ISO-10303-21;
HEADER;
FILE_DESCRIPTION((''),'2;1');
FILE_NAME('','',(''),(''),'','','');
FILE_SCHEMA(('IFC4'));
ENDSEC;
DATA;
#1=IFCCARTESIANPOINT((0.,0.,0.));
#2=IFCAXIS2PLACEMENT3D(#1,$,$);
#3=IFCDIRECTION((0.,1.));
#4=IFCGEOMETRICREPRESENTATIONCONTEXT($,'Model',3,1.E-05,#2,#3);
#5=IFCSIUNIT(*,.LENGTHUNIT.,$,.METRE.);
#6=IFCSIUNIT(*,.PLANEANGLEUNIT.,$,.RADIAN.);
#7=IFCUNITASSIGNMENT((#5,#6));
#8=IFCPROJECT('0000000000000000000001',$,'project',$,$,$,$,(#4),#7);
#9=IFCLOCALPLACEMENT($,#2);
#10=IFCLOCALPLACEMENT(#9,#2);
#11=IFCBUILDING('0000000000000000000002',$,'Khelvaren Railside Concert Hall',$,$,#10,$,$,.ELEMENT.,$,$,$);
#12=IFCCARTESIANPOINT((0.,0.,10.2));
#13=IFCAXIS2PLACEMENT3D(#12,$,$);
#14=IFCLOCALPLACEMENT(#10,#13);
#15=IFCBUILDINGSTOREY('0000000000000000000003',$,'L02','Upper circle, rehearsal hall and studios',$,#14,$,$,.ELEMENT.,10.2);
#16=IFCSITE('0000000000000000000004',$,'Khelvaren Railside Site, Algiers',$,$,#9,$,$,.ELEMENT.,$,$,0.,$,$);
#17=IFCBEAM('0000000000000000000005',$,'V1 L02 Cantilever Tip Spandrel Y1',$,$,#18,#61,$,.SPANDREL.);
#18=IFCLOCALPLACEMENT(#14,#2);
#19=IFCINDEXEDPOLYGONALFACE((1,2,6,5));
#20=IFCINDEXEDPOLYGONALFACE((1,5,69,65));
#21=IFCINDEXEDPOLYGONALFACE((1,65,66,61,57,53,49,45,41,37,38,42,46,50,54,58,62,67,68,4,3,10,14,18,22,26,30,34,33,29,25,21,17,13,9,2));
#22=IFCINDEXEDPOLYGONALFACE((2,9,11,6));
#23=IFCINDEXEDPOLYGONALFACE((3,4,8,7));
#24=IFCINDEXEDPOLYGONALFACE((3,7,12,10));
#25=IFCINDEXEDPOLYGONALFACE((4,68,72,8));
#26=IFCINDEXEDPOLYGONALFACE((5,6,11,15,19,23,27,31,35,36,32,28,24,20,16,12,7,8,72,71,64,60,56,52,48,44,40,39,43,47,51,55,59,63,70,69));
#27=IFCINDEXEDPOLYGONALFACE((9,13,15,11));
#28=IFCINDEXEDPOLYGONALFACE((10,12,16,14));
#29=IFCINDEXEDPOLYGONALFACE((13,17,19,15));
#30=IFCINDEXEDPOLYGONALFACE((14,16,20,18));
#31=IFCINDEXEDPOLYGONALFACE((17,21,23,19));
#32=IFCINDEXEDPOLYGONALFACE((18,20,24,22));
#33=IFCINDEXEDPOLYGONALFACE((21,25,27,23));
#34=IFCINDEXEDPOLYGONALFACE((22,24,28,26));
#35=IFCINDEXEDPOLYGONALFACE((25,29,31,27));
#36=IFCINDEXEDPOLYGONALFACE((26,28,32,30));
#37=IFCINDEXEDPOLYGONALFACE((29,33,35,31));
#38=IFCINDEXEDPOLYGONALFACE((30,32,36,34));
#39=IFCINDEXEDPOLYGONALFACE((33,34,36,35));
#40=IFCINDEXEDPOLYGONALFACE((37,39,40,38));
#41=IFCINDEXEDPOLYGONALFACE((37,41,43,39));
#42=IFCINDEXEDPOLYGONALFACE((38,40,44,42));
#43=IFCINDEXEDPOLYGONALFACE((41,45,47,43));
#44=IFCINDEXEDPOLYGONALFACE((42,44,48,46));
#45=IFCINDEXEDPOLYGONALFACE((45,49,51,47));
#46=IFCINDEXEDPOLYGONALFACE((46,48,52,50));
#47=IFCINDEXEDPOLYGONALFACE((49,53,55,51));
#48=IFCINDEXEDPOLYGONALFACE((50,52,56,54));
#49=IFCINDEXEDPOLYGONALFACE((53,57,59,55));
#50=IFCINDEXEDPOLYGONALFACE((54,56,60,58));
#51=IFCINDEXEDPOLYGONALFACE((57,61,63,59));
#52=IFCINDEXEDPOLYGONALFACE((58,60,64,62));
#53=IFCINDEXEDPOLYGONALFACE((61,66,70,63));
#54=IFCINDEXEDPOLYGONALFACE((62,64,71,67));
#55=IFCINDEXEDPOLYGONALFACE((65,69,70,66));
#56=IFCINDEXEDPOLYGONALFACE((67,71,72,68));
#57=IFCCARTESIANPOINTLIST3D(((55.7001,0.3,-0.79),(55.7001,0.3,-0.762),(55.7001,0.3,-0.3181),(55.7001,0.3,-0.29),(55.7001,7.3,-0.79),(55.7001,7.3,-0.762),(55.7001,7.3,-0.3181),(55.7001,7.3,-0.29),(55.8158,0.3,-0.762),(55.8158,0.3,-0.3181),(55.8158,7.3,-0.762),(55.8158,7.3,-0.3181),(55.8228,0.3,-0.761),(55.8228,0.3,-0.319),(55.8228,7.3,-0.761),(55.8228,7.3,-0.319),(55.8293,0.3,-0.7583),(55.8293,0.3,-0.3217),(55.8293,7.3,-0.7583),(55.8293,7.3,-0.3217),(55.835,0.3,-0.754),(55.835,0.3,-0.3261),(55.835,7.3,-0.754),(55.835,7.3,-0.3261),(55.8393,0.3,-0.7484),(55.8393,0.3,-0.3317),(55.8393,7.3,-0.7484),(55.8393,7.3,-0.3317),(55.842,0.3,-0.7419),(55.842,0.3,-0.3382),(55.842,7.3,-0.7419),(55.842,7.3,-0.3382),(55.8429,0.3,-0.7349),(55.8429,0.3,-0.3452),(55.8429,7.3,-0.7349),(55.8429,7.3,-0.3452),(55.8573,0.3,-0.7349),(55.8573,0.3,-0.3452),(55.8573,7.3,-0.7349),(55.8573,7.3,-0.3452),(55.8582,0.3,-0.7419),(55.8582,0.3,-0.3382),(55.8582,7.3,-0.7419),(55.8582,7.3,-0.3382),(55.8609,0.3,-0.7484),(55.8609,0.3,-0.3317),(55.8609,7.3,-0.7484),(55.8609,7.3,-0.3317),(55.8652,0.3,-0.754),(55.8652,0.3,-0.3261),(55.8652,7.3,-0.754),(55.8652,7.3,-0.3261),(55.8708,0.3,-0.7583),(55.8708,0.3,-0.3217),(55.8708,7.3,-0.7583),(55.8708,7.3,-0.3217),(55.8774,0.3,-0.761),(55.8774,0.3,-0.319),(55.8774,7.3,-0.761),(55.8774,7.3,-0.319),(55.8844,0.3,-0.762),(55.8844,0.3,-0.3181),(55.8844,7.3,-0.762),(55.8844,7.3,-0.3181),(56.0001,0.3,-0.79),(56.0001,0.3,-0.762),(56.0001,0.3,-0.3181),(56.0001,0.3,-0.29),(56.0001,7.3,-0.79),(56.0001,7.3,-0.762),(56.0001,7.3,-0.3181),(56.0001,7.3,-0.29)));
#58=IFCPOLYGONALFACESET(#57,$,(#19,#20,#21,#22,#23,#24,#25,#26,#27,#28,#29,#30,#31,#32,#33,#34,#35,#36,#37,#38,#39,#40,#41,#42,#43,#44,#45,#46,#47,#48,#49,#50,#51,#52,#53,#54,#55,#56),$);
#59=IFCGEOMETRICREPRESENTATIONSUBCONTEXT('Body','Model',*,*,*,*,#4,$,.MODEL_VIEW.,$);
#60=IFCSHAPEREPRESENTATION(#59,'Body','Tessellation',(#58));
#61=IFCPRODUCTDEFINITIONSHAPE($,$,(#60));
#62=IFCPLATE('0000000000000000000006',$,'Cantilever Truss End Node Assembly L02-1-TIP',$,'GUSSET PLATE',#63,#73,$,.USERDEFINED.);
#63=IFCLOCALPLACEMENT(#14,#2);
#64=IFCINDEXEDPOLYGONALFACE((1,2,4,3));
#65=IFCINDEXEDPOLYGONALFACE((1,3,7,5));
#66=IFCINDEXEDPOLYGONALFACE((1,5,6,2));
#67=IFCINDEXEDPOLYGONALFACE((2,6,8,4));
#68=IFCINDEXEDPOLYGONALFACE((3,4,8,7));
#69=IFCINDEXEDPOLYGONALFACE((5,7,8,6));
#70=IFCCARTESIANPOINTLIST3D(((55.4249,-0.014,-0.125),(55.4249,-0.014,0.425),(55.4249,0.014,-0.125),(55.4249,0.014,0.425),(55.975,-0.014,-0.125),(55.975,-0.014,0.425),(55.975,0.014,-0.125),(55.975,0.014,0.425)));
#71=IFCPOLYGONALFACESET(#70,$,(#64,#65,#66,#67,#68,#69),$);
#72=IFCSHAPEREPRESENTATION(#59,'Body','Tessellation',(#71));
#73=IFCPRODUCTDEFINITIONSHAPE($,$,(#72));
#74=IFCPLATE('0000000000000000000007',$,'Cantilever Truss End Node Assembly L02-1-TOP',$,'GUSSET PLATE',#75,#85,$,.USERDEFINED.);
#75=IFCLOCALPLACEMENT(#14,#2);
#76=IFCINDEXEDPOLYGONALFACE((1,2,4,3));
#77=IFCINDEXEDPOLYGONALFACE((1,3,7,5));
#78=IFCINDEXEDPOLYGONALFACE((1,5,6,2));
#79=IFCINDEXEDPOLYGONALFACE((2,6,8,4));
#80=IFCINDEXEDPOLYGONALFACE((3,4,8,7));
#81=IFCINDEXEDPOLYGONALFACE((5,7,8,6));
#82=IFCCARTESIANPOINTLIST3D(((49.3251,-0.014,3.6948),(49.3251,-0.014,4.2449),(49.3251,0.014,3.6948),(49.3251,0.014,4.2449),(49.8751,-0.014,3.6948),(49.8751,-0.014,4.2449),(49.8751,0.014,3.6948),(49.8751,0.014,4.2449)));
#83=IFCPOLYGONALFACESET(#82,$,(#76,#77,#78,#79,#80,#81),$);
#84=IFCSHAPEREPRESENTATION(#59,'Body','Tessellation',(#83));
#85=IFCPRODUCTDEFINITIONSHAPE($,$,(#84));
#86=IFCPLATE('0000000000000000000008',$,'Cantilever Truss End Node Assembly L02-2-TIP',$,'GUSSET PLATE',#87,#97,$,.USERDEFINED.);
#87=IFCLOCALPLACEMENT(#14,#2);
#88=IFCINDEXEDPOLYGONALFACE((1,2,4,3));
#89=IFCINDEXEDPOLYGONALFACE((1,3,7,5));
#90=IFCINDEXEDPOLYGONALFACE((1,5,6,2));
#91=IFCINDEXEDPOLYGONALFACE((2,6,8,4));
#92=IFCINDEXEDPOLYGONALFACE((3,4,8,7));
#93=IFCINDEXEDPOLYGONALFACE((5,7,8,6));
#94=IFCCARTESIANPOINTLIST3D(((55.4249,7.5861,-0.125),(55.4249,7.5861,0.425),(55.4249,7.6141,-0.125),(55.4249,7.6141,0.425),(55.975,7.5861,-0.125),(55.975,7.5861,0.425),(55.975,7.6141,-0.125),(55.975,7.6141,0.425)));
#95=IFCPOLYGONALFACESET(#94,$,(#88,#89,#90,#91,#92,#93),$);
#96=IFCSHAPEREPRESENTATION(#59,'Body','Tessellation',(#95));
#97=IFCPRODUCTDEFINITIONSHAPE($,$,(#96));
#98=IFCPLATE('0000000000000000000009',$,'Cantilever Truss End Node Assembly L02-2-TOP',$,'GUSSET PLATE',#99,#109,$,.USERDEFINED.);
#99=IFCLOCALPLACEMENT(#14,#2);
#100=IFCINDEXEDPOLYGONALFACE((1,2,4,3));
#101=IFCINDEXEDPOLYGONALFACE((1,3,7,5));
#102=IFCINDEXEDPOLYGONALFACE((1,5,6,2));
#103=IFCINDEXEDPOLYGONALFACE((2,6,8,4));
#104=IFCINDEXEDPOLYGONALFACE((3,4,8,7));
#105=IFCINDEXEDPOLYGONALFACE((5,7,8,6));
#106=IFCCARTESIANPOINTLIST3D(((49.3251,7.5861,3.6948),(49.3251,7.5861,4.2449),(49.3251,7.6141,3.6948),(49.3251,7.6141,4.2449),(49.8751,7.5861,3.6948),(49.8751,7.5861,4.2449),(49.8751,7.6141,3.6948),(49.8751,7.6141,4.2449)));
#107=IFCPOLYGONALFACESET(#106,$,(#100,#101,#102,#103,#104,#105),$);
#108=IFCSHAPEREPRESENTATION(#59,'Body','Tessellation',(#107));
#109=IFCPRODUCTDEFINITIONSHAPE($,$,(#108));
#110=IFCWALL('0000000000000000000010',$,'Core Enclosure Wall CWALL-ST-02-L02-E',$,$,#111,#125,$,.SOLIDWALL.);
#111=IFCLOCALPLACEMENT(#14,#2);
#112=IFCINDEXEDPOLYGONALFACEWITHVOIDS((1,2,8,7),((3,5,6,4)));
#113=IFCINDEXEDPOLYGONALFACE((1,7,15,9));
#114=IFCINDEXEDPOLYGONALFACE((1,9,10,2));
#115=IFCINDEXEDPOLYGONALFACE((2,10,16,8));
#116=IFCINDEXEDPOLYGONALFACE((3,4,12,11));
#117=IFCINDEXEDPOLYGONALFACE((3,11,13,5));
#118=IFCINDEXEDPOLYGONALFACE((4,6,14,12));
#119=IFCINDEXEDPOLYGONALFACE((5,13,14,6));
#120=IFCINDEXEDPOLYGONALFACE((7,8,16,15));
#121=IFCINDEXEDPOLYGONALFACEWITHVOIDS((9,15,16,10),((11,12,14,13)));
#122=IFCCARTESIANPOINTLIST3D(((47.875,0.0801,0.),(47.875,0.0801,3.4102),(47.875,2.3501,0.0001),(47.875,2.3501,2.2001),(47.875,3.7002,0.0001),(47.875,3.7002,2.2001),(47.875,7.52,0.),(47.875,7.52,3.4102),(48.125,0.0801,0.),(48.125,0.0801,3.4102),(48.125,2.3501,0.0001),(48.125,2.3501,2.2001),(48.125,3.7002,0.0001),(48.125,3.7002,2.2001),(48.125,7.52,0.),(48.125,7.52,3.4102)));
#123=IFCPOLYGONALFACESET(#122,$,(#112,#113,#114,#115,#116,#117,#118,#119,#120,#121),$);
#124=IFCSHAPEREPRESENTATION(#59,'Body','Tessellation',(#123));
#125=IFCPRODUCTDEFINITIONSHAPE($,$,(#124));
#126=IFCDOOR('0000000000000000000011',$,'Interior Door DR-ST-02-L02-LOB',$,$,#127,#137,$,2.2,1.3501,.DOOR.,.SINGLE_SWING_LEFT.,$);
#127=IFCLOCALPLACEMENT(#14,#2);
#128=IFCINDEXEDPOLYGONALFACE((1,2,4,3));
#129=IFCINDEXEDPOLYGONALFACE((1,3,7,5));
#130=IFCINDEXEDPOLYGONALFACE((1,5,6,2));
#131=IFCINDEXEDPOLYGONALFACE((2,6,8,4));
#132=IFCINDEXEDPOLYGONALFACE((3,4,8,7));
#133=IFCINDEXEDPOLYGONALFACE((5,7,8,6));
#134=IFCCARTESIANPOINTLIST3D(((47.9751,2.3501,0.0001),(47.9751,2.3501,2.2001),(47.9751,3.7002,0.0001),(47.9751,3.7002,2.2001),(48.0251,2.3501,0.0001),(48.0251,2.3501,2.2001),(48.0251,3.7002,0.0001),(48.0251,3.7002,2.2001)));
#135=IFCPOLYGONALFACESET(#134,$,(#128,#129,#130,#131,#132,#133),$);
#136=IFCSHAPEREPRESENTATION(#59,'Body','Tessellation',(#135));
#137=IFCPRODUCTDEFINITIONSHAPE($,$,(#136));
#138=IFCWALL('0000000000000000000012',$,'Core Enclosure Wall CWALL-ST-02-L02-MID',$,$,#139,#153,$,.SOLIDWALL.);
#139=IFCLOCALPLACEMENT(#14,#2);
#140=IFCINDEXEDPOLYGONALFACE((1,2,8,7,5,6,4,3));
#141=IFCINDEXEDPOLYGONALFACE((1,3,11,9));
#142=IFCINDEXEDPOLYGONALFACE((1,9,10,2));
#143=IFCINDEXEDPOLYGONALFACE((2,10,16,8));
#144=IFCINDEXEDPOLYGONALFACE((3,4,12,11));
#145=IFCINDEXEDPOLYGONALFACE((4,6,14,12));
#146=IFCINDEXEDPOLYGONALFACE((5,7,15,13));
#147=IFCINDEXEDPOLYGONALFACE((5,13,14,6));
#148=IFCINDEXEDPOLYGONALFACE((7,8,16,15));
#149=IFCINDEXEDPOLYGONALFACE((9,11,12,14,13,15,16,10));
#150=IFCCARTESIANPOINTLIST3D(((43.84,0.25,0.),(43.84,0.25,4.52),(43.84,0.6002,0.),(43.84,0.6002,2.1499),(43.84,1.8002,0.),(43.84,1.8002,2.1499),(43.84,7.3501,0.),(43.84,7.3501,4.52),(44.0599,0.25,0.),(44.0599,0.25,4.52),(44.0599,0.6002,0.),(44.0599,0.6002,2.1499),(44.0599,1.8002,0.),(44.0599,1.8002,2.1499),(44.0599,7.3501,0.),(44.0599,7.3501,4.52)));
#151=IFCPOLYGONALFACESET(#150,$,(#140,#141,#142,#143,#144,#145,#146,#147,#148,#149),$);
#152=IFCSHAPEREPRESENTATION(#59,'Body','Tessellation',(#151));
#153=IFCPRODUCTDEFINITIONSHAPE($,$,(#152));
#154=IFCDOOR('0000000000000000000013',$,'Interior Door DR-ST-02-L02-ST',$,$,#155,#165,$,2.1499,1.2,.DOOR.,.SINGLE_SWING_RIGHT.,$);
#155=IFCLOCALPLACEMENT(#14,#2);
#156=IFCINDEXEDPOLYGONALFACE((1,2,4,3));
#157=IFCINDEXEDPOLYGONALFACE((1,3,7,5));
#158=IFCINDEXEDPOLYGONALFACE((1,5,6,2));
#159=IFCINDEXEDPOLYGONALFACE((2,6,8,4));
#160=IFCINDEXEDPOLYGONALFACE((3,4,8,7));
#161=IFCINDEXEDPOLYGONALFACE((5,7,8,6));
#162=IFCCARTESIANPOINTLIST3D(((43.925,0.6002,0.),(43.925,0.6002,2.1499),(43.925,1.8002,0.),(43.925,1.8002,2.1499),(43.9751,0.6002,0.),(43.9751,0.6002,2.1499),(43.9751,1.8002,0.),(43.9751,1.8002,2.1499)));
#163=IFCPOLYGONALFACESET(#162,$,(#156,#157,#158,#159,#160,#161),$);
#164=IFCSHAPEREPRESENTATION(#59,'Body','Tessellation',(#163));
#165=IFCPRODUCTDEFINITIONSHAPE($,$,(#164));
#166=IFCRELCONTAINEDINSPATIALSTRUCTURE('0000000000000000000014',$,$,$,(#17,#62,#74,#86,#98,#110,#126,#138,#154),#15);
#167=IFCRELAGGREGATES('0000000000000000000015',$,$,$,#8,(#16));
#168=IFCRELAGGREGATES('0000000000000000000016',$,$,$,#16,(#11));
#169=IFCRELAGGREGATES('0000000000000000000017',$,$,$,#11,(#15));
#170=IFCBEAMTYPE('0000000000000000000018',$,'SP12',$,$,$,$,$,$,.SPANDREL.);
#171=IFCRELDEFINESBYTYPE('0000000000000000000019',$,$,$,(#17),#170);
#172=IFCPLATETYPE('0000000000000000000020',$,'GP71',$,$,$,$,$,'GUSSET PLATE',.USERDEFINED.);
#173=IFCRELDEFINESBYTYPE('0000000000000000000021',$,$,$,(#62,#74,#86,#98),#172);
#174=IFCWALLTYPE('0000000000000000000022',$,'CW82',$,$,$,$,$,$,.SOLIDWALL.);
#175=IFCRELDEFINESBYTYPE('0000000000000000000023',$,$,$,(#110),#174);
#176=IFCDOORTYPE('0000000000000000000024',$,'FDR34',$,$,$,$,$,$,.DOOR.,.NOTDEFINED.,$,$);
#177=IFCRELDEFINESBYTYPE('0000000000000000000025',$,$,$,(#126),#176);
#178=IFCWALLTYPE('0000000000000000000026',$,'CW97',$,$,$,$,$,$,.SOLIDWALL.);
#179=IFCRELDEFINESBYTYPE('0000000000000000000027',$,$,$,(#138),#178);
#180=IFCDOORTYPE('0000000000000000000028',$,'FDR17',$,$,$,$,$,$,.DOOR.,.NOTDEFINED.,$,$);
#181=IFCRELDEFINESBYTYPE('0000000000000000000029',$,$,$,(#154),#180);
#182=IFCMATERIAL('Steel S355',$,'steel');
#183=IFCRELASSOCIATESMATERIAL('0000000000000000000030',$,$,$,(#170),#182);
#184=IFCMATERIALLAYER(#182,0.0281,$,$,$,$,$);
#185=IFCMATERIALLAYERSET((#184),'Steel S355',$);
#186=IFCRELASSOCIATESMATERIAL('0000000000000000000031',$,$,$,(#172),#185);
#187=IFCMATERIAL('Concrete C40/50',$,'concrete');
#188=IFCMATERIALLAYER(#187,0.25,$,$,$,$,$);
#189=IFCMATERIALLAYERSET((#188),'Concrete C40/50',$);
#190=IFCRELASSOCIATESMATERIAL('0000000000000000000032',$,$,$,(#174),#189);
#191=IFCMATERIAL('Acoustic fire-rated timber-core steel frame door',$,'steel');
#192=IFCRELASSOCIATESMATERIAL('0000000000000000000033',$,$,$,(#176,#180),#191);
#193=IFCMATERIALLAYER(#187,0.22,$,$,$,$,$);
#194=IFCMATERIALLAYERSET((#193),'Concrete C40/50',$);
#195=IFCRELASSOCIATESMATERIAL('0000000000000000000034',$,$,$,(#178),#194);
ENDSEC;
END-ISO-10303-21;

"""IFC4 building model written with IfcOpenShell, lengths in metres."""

from ifc_helpers import new_model, si_unit, direction, frame, frame_2d, origin, origin_2d, place, context, subcontext, project, spatial, rectangle, i_section, extrude, material, layer, layer_set, material_profile, profile_set, type_object, element, fill, save


model = new_model("IFC4")

# Units and contexts
model_context = context("Model", 3, precision=1e-05, world=origin(), true_north=direction((0.0, 1.0)))
body_context = subcontext(model_context, "Body", "Model", "MODEL_VIEW")
ifc_project = project(units=[si_unit("LENGTHUNIT", "METRE"), si_unit("PLANEANGLEUNIT", "RADIAN")], contexts=[model_context])

# Site, building, storey
site_placement = place(None, origin())
site = spatial("IfcSite", under=ifc_project, at=site_placement, Name="Khelvaren Railside Site, Algiers", CompositionType="ELEMENT", RefElevation=0.0)
building_placement = place(site_placement, origin())
building = spatial("IfcBuilding", under=site, at=building_placement, Name="Khelvaren Railside Concert Hall", CompositionType="ELEMENT")
storey_placement = place(building_placement, frame((0.0, 0.0, 10.2)))
storey = spatial("IfcBuildingStorey", under=building, at=storey_placement, Name="L02", Description="Upper circle, rehearsal hall and studios", CompositionType="ELEMENT", Elevation=10.2)

# Shared definitions
ifc_material_1 = material(Name="Steel S355", Category="steel")

# Beam
ifc_material_2 = material(Name="Concrete C40/50", Category="concrete")
ifc_material_profile_1 = material_profile(ifc_material_1, i_section(OverallWidth=0.3, OverallDepth=0.5, WebThickness=0.0144, FlangeThickness=0.0281, FilletRadius=0.0271, at=origin_2d()), Name="HEB 500")
ifc_profile_set_1 = profile_set([ifc_material_profile_1], Name="Steel S355")
beam_type_1 = type_object("IfcBeamType", Name="SP12", PredefinedType="SPANDREL", material=ifc_profile_set_1)
beam_1_placement = place(storey_placement, frame((55.8501, 0.3, -0.54), z_axis=(0.0, 1.0, 0.0), x_axis=(-1.0, 0.0, 0.0)))
element("IfcBeam", 1, at=beam_1_placement, inside=storey, type_object=beam_type_1, Name="V1 L02 Cantilever Tip Spandrel Y1", PredefinedType="SPANDREL", context=body_context, shape_type="SweptSolid", body=[
    extrude(i_section(OverallWidth=0.3, OverallDepth=0.5, WebThickness=0.0144, FlangeThickness=0.0281, FilletRadius=0.0271, at=origin_2d()), origin(), (0.0, 0.0, 1.0), 7.0),
])

# Plates
ifc_layer_1 = layer(ifc_material_1, 0.0281)
ifc_layer_set_1 = layer_set([ifc_layer_1], Name="Steel S355")
plate_type = type_object("IfcPlateType", Name="GP71", ElementType="GUSSET PLATE", PredefinedType="USERDEFINED", material=ifc_layer_set_1)
for number, where, z_axis, x_axis, name in (
    (2, (55.7, 0.0, -0.125), (0.0, 0.0, 1.0), (1.0, 0.0, 0.0), "Cantilever Truss End Node Assembly L02-1-TIP"),
    (3, (49.6001, 0.0, 3.6948), (0.0, 0.0, 1.0), (1.0, 0.0, 0.0), "Cantilever Truss End Node Assembly L02-1-TOP"),
    (4, (55.7, 7.6001, -0.125), (0.0, 0.0, 1.0), (1.0, 0.0, 0.0), "Cantilever Truss End Node Assembly L02-2-TIP"),
    (5, (49.6001, 7.6001, 3.6948), (0.0, 0.0, 1.0), (1.0, 0.0, 0.0), "Cantilever Truss End Node Assembly L02-2-TOP"),
):
    element("IfcPlate", number, at=place(storey_placement, frame(where, z_axis=z_axis, x_axis=x_axis)), inside=storey, type_object=plate_type, Name=name, ObjectType="GUSSET PLATE", PredefinedType="USERDEFINED", context=body_context, shape_type="SweptSolid", body=[
        extrude(rectangle(XDim=0.55, YDim=0.0281, at=origin_2d()), origin(), (0.0, 0.0, 1.0), 0.55),
    ])

# Walls, openings, doors
ifc_layer_2 = layer(ifc_material_2, 0.25)
ifc_layer_set_2 = layer_set([ifc_layer_2], Name="Concrete C40/50")
wall_type_1 = type_object("IfcWallType", Name="CW82", PredefinedType="SOLIDWALL", material=ifc_layer_set_2)
wall_1_placement = place(storey_placement, frame((48.0, 0.0801, 0.0), z_axis=(0.0, 0.0, 1.0), x_axis=(0.0, 1.0, 0.0)))
wall_1 = element("IfcWall", 6, at=wall_1_placement, inside=storey, type_object=wall_type_1, Name="Core Enclosure Wall CWALL-ST-02-L02-E", PredefinedType="SOLIDWALL", context=body_context, shape_type="SweptSolid", body=[
    extrude(rectangle(XDim=7.4399, YDim=0.25, at=frame_2d((3.72, 0.0))), origin(), (0.0, 0.0, 1.0), 3.4102),
])
opening_1_placement = place(wall_1_placement, frame((2.27, 0.0, 0.0)))
opening_1 = element("IfcOpeningElement", 7, at=opening_1_placement, cuts=wall_1, PredefinedType="OPENING", context=body_context, shape_type="SweptSolid", body=[
    extrude(rectangle(XDim=1.3501, YDim=2.2, at=frame_2d((0.675, 1.1001))), frame((0.0, 0.135, 0.0), z_axis=(0.0, -1.0, 0.0), x_axis=(1.0, 0.0, 0.0)), (0.0, 0.0, 1.0), 0.27),
])
ifc_material_3 = material(Name="Acoustic fire-rated timber-core steel frame door", Category="steel")
door_type_1 = type_object("IfcDoorType", Name="FDR34", OperationType="NOTDEFINED", PredefinedType="DOOR", material=ifc_material_3)
door_1_placement = place(opening_1_placement, origin())
door_1 = element("IfcDoor", 8, at=door_1_placement, inside=storey, type_object=door_type_1, Name="Interior Door DR-ST-02-L02-LOB", OperationType="SINGLE_SWING_LEFT", OverallHeight=2.2, OverallWidth=1.3501, PredefinedType="DOOR", context=body_context, shape_type="SweptSolid", body=[
    extrude(rectangle(XDim=1.3501, YDim=2.2, at=frame_2d((0.675, 1.1001))), frame((0.0, 0.0249, 0.0), z_axis=(0.0, -1.0, 0.0), x_axis=(1.0, 0.0, 0.0)), (0.0, 0.0, 1.0), 0.05),
])
fill(opening_1, door_1)
ifc_layer_3 = layer(ifc_material_2, 0.22)
ifc_layer_set_3 = layer_set([ifc_layer_3], Name="Concrete C40/50")
wall_type_2 = type_object("IfcWallType", Name="CW97", PredefinedType="SOLIDWALL", material=ifc_layer_set_3)
wall_2_placement = place(storey_placement, frame((43.95, 0.25, 0.0), z_axis=(0.0, 0.0, 1.0), x_axis=(0.0, 1.0, 0.0)))
wall_2 = element("IfcWall", 9, at=wall_2_placement, inside=storey, type_object=wall_type_2, Name="Core Enclosure Wall CWALL-ST-02-L02-MID", PredefinedType="SOLIDWALL", context=body_context, shape_type="SweptSolid", body=[
    extrude(rectangle(XDim=7.1001, YDim=0.22, at=frame_2d((3.55, 0.0))), origin(), (0.0, 0.0, 1.0), 4.52),
])
opening_2_placement = place(wall_2_placement, frame((0.3501, 0.0, 0.0)))
opening_2 = element("IfcOpeningElement", 10, at=opening_2_placement, cuts=wall_2, PredefinedType="OPENING", context=body_context, shape_type="SweptSolid", body=[
    extrude(rectangle(XDim=1.2, YDim=2.1499, at=frame_2d((0.6001, 1.075))), frame((0.0, 0.1199, 0.0), z_axis=(0.0, -1.0, 0.0), x_axis=(1.0, 0.0, 0.0)), (0.0, 0.0, 1.0), 0.24),
])
door_type_2 = type_object("IfcDoorType", Name="FDR17", OperationType="NOTDEFINED", PredefinedType="DOOR", material=ifc_material_3)
door_2_placement = place(opening_2_placement, origin())
door_2 = element("IfcDoor", 11, at=door_2_placement, inside=storey, type_object=door_type_2, Name="Interior Door DR-ST-02-L02-ST", OperationType="SINGLE_SWING_RIGHT", OverallHeight=2.1499, OverallWidth=1.2, PredefinedType="DOOR", context=body_context, shape_type="SweptSolid", body=[
    extrude(rectangle(XDim=1.2, YDim=2.1499, at=frame_2d((0.6001, 1.075))), frame((0.0, 0.0249, 0.0), z_axis=(0.0, -1.0, 0.0), x_axis=(1.0, 0.0, 0.0)), (0.0, 0.0, 1.0), 0.05),
])
fill(opening_2, door_2)

save(model, "model.ifc")
